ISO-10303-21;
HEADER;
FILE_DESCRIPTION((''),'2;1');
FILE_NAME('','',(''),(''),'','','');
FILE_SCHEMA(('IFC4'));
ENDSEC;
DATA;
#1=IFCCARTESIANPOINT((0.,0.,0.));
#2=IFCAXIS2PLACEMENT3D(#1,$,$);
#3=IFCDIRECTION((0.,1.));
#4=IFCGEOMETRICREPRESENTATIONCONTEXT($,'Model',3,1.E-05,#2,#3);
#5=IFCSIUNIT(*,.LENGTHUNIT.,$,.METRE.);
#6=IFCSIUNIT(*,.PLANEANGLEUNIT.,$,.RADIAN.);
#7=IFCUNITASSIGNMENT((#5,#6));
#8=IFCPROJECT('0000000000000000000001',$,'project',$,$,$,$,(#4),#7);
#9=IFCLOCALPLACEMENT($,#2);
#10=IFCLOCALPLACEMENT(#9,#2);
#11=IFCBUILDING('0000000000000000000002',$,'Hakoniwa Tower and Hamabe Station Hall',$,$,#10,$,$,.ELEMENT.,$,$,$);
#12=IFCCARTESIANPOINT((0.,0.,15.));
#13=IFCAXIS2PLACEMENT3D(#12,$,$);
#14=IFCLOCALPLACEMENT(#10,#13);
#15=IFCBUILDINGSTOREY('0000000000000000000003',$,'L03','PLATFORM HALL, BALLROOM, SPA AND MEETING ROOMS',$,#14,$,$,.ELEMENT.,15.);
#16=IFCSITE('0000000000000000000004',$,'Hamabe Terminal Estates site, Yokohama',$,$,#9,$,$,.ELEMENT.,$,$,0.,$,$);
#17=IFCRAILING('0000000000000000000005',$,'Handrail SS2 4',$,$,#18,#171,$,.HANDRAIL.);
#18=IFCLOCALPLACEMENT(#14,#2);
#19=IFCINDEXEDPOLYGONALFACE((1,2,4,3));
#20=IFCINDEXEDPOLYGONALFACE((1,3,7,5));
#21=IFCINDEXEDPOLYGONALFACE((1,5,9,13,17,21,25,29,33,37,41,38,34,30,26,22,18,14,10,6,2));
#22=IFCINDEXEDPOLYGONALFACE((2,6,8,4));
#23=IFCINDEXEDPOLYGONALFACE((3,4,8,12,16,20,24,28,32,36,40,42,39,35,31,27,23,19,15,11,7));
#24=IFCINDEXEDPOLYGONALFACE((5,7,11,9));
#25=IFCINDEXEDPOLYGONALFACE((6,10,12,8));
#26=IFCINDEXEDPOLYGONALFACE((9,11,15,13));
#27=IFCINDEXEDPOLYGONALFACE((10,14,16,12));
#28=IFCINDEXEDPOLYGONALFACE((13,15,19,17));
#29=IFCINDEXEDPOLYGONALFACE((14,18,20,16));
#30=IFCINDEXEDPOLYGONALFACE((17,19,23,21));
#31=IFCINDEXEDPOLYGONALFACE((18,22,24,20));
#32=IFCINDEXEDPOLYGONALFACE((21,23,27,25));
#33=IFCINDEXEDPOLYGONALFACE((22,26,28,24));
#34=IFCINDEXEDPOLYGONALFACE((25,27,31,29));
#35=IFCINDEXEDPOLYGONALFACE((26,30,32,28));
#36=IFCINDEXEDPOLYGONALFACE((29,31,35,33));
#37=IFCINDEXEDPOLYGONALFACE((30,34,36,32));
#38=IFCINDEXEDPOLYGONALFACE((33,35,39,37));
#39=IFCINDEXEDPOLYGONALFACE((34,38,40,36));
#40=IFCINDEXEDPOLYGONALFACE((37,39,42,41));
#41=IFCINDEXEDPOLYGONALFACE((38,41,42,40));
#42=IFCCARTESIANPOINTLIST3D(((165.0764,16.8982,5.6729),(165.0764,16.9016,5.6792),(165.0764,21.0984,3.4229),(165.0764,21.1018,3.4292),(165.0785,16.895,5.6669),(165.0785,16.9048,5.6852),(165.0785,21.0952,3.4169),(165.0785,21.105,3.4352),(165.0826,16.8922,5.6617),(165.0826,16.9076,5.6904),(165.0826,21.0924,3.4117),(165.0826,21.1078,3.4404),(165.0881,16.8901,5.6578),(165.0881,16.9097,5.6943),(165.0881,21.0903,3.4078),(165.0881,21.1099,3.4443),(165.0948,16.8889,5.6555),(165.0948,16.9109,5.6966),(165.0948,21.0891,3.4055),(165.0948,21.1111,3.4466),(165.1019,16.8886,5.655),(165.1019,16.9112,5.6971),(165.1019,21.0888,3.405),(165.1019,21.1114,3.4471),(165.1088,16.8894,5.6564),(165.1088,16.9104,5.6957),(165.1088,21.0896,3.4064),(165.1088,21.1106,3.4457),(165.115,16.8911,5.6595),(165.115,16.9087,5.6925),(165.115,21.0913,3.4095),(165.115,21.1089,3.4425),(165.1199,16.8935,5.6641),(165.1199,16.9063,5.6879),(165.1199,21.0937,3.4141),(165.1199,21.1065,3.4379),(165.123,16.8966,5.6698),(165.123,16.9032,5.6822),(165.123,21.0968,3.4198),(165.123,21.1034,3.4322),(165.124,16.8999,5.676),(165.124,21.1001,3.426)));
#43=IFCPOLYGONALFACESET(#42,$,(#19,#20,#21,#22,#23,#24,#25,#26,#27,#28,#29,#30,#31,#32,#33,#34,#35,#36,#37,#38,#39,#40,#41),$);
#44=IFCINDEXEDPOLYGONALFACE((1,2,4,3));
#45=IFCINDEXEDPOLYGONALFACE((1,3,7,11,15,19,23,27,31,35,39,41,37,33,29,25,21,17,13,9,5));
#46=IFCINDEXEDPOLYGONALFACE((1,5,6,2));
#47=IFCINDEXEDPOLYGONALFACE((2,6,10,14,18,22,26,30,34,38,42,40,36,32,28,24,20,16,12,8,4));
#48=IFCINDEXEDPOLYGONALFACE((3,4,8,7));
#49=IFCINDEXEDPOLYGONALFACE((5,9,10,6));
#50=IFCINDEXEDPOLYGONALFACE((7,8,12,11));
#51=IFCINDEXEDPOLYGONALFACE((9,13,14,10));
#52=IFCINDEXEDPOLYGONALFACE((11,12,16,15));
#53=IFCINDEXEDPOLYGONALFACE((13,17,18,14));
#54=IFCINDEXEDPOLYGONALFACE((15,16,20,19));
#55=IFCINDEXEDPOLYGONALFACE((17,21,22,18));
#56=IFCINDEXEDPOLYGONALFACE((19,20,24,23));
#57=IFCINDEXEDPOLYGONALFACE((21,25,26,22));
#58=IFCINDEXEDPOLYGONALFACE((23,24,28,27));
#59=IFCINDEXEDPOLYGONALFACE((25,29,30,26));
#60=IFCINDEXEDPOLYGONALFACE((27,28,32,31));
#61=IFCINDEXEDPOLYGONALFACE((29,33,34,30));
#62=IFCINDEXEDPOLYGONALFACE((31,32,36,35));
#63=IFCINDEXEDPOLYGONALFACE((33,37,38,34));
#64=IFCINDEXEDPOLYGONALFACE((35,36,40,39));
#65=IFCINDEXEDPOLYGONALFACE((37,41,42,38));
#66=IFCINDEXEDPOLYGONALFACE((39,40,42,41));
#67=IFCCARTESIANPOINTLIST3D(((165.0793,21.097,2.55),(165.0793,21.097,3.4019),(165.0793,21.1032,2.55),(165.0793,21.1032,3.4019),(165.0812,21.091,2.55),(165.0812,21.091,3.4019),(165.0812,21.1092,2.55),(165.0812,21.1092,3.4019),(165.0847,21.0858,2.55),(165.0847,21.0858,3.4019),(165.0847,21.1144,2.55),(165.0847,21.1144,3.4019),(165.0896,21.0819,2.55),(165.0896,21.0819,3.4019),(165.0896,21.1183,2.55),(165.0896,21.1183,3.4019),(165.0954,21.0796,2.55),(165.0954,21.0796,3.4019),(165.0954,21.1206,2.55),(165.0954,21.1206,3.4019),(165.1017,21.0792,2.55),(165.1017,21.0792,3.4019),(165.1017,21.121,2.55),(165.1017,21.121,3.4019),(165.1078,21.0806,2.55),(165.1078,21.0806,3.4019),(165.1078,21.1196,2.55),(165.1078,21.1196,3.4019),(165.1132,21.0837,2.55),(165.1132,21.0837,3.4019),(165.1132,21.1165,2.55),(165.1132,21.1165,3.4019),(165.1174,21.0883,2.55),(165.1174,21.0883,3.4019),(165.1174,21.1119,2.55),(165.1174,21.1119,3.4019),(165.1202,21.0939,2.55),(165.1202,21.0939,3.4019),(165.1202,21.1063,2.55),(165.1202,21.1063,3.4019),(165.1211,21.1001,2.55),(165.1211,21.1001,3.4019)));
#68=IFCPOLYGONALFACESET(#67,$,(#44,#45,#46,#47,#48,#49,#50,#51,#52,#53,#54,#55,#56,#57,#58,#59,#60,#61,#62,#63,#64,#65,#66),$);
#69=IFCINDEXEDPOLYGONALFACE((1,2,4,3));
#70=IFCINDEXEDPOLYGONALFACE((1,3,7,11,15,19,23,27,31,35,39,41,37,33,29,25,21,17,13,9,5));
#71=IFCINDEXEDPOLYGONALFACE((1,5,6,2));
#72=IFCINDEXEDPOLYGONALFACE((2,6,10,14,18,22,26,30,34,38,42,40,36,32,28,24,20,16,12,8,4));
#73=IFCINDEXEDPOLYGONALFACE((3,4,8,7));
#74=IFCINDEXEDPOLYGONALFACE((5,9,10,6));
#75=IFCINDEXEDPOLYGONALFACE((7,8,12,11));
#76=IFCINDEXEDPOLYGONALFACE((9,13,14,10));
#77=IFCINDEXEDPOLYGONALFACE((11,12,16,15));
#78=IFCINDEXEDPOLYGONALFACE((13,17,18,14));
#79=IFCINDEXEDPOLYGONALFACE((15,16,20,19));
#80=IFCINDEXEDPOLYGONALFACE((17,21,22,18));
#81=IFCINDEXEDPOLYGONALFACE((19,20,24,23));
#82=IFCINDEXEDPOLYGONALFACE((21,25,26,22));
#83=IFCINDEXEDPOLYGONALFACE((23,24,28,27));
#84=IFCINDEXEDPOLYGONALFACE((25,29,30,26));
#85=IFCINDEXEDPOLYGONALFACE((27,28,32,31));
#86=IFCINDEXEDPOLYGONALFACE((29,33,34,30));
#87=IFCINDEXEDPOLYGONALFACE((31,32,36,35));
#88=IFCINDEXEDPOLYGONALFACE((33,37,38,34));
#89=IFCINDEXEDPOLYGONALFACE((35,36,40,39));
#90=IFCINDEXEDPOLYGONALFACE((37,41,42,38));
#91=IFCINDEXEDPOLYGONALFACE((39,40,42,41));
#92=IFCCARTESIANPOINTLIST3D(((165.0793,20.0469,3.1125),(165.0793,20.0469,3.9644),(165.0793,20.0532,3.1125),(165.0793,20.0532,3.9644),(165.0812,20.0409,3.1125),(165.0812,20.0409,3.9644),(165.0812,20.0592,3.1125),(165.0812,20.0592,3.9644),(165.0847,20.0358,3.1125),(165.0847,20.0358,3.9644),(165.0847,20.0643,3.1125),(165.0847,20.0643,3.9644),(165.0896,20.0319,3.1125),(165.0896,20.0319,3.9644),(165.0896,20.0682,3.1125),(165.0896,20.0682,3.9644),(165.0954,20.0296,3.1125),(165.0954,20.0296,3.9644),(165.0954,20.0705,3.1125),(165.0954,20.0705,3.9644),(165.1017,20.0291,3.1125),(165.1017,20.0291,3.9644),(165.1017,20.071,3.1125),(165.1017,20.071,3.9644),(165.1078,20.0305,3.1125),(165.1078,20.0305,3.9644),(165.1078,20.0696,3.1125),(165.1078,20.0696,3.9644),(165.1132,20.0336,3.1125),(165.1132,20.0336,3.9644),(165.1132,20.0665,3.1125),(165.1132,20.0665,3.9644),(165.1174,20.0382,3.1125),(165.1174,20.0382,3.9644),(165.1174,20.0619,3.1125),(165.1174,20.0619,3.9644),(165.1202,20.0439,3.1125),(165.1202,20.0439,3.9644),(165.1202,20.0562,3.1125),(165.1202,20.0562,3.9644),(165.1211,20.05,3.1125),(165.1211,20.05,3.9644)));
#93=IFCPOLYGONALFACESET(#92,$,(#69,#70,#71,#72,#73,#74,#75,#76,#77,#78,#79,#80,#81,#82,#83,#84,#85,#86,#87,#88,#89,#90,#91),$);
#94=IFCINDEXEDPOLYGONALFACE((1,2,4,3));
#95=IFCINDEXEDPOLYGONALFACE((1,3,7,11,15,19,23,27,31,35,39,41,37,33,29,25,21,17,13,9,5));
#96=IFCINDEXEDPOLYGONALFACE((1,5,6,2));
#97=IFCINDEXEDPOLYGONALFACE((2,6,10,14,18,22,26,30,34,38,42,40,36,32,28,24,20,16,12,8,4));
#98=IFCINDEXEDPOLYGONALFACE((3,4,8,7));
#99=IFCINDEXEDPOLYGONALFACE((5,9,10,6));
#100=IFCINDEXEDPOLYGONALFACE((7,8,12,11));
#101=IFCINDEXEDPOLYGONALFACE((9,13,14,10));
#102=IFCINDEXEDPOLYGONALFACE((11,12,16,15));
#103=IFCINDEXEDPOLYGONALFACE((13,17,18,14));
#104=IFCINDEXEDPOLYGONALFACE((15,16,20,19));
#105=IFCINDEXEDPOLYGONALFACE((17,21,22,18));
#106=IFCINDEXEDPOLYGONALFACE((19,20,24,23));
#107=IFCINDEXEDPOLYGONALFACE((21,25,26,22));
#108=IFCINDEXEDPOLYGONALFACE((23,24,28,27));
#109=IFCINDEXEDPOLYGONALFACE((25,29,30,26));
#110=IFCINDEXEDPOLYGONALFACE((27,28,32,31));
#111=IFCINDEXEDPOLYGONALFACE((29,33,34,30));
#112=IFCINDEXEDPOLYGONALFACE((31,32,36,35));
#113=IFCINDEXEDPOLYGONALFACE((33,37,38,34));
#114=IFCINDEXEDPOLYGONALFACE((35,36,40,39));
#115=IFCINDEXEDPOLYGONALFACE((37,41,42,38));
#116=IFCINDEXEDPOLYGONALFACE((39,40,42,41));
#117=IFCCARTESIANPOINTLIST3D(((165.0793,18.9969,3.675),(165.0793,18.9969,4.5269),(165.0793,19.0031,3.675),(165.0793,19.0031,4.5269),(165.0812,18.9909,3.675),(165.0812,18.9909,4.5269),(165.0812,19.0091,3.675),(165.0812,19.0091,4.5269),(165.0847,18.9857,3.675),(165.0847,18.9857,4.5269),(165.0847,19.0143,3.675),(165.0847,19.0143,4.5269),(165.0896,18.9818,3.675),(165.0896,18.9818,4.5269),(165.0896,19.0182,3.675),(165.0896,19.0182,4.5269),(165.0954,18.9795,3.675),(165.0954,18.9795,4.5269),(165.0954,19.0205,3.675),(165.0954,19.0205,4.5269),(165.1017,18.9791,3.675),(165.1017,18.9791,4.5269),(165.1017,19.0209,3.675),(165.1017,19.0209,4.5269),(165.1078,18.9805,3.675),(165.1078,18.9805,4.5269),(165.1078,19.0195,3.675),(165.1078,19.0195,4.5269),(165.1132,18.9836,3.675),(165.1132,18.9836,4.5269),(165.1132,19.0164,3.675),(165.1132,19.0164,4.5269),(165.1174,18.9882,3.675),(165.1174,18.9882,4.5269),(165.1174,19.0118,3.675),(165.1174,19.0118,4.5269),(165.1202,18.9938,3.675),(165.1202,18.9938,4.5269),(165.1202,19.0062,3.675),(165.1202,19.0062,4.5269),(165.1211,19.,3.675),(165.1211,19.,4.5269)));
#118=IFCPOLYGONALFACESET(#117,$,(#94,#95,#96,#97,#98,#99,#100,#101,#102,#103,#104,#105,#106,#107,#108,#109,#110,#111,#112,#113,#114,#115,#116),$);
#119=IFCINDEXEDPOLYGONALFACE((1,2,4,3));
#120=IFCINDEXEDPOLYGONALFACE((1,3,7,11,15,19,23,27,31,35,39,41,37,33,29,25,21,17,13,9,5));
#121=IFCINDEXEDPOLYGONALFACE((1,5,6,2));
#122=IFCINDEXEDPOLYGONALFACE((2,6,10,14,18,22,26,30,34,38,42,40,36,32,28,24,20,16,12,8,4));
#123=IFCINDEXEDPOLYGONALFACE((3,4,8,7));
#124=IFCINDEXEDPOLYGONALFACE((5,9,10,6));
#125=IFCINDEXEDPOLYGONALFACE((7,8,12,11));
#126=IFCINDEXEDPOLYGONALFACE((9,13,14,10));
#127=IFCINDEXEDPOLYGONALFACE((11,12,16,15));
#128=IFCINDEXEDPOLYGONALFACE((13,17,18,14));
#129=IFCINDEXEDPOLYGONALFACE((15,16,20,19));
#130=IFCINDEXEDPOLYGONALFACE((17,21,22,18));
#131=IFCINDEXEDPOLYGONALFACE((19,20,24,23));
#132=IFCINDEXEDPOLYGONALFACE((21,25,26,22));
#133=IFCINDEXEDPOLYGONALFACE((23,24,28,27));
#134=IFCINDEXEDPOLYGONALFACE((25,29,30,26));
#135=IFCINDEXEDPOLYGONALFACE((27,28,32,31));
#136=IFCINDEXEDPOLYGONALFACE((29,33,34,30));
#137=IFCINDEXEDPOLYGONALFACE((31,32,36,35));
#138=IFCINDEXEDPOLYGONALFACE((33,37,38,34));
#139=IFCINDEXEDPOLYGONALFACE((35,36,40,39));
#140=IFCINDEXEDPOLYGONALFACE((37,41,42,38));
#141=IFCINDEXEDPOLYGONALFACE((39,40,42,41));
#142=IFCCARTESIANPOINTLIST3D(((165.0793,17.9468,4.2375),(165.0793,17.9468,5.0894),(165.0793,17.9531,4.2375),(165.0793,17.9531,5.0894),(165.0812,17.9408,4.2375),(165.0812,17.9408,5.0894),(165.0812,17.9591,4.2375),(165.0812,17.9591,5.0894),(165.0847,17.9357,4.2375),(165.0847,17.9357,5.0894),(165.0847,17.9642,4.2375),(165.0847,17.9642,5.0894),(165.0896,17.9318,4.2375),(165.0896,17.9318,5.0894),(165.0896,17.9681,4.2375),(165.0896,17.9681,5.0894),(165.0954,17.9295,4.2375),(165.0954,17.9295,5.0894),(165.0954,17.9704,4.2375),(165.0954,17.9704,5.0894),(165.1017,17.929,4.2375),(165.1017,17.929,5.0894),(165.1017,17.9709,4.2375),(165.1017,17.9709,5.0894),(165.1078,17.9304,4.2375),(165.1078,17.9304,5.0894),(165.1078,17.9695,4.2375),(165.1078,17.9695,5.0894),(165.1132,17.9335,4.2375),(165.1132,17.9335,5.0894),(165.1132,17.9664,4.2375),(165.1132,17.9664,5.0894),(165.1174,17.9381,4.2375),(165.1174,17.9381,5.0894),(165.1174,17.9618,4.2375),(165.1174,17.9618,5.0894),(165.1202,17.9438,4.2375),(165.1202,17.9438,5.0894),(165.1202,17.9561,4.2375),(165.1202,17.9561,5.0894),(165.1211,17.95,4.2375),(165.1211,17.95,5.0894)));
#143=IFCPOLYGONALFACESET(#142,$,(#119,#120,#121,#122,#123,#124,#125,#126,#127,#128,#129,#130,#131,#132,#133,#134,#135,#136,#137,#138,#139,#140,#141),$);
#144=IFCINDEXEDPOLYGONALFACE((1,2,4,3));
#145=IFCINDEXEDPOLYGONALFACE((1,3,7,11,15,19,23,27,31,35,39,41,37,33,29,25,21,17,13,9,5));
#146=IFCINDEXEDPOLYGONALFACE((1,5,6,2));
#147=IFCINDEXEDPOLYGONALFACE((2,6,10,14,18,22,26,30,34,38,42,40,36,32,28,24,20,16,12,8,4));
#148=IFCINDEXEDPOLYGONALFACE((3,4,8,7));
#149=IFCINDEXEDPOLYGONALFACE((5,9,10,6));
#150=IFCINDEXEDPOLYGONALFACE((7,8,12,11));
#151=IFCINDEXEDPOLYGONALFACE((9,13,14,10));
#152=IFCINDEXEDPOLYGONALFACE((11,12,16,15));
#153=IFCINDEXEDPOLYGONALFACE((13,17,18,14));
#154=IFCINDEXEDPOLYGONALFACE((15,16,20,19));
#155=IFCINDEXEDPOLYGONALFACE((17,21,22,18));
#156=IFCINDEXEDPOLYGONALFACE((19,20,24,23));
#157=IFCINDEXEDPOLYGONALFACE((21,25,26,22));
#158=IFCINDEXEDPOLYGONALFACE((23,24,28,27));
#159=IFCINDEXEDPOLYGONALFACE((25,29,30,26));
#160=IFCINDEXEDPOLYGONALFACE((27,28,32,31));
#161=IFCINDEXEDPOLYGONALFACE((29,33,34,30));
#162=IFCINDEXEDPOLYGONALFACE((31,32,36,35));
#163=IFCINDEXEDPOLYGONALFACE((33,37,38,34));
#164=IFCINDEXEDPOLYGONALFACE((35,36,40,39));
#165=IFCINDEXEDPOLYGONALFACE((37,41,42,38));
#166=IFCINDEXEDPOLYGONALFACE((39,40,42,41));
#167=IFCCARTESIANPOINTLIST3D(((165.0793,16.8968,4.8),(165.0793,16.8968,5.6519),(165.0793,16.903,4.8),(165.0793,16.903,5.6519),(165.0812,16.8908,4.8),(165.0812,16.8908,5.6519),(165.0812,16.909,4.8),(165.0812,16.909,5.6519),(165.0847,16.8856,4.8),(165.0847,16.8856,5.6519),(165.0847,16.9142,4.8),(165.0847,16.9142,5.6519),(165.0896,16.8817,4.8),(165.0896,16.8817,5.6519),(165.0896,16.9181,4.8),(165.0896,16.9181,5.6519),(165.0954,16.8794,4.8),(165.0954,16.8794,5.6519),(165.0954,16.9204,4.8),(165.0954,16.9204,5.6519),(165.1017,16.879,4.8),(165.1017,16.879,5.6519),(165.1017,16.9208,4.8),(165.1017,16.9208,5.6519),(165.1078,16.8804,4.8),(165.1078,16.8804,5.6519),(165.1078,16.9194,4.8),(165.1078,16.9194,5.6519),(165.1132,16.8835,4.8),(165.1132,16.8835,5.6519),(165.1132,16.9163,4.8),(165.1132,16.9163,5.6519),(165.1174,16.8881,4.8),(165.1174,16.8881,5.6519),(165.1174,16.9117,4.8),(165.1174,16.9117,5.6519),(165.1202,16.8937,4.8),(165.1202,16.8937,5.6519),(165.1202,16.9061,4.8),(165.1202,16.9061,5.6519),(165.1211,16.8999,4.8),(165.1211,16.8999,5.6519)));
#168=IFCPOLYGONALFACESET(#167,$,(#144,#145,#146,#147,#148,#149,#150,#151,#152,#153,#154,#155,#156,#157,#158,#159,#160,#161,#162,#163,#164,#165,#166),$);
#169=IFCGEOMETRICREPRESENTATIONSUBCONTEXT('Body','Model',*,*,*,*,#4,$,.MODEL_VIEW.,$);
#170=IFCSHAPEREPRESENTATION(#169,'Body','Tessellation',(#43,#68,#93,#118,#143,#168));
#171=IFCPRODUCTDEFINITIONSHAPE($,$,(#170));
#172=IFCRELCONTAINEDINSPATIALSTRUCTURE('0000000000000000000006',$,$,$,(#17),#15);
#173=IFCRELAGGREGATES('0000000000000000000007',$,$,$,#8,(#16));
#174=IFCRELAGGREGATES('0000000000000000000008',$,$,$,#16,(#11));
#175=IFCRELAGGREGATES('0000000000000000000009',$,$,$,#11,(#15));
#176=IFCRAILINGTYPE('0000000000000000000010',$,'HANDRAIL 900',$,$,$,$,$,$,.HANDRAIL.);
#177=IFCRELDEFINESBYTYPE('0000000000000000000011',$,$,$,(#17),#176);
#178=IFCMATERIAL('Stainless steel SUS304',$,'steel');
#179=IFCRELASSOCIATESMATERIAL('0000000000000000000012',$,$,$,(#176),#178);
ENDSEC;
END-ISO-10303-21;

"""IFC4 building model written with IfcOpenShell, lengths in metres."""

from ifc_helpers import new_model, si_unit, direction, frame, origin, origin_2d, place, context, subcontext, project, spatial, circle, extrude, material, type_object, element, save


model = new_model("IFC4")

# Units and contexts
model_context = context("Model", 3, precision=1e-05, world=origin(), true_north=direction((0.0, 1.0)))
body_context = subcontext(model_context, "Body", "Model", "MODEL_VIEW")
ifc_project = project(units=[si_unit("LENGTHUNIT", "METRE"), si_unit("PLANEANGLEUNIT", "RADIAN")], contexts=[model_context])

# Site, building, storey
site_placement = place(None, origin())
site = spatial("IfcSite", under=ifc_project, at=site_placement, Name="Hamabe Terminal Estates site, Yokohama", CompositionType="ELEMENT", RefElevation=0.0)
building_placement = place(site_placement, origin())
building = spatial("IfcBuilding", under=site, at=building_placement, Name="Hakoniwa Tower and Hamabe Station Hall", CompositionType="ELEMENT")
storey_placement = place(building_placement, frame((0.0, 0.0, 15.0)))
storey = spatial("IfcBuildingStorey", under=building, at=storey_placement, Name="L03", Description="PLATFORM HALL, BALLROOM, SPA AND MEETING ROOMS", CompositionType="ELEMENT", Elevation=15.0)

# Railing
ifc_material_1 = material(Name="Stainless steel SUS304", Category="steel")
railing_type_1 = type_object("IfcRailingType", Name="HANDRAIL 900", PredefinedType="HANDRAIL", material=ifc_material_1)
for number, where, name in (
    (1, (165.1001, 21.1001, 2.55), "Handrail SS2 4"),
):
    element("IfcRailing", number, at=place(storey_placement, frame(where)), inside=storey, type_object=railing_type_1, Name=name, PredefinedType="HANDRAIL", context=body_context, shape_type="SweptSolid", body=[
        extrude(circle(Radius=0.0239, at=origin_2d()), frame((0.0, 0.0, 0.876), z_axis=(0.0, -0.881489, 0.472204), x_axis=(1.0, 0.0, 0.0)), (0.0, 0.0, 1.0), 4.7649),
        extrude(circle(Radius=0.021, at=origin_2d()), origin(), (0.0, 0.0, 1.0), 0.8518),
        extrude(circle(Radius=0.021, at=origin_2d()), frame((0.0, -1.05, 0.5625)), (0.0, 0.0, 1.0), 0.8518),
        extrude(circle(Radius=0.021, at=origin_2d()), frame((0.0, -2.1001, 1.125)), (0.0, 0.0, 1.0), 0.8518),
        extrude(circle(Radius=0.021, at=origin_2d()), frame((0.0, -3.1501, 1.6875)), (0.0, 0.0, 1.0), 0.8518),
        extrude(circle(Radius=0.021, at=origin_2d()), frame((0.0, -4.2002, 2.25)), (0.0, 0.0, 1.0), 0.8518),
    ])

save(model, "model.ifc")
